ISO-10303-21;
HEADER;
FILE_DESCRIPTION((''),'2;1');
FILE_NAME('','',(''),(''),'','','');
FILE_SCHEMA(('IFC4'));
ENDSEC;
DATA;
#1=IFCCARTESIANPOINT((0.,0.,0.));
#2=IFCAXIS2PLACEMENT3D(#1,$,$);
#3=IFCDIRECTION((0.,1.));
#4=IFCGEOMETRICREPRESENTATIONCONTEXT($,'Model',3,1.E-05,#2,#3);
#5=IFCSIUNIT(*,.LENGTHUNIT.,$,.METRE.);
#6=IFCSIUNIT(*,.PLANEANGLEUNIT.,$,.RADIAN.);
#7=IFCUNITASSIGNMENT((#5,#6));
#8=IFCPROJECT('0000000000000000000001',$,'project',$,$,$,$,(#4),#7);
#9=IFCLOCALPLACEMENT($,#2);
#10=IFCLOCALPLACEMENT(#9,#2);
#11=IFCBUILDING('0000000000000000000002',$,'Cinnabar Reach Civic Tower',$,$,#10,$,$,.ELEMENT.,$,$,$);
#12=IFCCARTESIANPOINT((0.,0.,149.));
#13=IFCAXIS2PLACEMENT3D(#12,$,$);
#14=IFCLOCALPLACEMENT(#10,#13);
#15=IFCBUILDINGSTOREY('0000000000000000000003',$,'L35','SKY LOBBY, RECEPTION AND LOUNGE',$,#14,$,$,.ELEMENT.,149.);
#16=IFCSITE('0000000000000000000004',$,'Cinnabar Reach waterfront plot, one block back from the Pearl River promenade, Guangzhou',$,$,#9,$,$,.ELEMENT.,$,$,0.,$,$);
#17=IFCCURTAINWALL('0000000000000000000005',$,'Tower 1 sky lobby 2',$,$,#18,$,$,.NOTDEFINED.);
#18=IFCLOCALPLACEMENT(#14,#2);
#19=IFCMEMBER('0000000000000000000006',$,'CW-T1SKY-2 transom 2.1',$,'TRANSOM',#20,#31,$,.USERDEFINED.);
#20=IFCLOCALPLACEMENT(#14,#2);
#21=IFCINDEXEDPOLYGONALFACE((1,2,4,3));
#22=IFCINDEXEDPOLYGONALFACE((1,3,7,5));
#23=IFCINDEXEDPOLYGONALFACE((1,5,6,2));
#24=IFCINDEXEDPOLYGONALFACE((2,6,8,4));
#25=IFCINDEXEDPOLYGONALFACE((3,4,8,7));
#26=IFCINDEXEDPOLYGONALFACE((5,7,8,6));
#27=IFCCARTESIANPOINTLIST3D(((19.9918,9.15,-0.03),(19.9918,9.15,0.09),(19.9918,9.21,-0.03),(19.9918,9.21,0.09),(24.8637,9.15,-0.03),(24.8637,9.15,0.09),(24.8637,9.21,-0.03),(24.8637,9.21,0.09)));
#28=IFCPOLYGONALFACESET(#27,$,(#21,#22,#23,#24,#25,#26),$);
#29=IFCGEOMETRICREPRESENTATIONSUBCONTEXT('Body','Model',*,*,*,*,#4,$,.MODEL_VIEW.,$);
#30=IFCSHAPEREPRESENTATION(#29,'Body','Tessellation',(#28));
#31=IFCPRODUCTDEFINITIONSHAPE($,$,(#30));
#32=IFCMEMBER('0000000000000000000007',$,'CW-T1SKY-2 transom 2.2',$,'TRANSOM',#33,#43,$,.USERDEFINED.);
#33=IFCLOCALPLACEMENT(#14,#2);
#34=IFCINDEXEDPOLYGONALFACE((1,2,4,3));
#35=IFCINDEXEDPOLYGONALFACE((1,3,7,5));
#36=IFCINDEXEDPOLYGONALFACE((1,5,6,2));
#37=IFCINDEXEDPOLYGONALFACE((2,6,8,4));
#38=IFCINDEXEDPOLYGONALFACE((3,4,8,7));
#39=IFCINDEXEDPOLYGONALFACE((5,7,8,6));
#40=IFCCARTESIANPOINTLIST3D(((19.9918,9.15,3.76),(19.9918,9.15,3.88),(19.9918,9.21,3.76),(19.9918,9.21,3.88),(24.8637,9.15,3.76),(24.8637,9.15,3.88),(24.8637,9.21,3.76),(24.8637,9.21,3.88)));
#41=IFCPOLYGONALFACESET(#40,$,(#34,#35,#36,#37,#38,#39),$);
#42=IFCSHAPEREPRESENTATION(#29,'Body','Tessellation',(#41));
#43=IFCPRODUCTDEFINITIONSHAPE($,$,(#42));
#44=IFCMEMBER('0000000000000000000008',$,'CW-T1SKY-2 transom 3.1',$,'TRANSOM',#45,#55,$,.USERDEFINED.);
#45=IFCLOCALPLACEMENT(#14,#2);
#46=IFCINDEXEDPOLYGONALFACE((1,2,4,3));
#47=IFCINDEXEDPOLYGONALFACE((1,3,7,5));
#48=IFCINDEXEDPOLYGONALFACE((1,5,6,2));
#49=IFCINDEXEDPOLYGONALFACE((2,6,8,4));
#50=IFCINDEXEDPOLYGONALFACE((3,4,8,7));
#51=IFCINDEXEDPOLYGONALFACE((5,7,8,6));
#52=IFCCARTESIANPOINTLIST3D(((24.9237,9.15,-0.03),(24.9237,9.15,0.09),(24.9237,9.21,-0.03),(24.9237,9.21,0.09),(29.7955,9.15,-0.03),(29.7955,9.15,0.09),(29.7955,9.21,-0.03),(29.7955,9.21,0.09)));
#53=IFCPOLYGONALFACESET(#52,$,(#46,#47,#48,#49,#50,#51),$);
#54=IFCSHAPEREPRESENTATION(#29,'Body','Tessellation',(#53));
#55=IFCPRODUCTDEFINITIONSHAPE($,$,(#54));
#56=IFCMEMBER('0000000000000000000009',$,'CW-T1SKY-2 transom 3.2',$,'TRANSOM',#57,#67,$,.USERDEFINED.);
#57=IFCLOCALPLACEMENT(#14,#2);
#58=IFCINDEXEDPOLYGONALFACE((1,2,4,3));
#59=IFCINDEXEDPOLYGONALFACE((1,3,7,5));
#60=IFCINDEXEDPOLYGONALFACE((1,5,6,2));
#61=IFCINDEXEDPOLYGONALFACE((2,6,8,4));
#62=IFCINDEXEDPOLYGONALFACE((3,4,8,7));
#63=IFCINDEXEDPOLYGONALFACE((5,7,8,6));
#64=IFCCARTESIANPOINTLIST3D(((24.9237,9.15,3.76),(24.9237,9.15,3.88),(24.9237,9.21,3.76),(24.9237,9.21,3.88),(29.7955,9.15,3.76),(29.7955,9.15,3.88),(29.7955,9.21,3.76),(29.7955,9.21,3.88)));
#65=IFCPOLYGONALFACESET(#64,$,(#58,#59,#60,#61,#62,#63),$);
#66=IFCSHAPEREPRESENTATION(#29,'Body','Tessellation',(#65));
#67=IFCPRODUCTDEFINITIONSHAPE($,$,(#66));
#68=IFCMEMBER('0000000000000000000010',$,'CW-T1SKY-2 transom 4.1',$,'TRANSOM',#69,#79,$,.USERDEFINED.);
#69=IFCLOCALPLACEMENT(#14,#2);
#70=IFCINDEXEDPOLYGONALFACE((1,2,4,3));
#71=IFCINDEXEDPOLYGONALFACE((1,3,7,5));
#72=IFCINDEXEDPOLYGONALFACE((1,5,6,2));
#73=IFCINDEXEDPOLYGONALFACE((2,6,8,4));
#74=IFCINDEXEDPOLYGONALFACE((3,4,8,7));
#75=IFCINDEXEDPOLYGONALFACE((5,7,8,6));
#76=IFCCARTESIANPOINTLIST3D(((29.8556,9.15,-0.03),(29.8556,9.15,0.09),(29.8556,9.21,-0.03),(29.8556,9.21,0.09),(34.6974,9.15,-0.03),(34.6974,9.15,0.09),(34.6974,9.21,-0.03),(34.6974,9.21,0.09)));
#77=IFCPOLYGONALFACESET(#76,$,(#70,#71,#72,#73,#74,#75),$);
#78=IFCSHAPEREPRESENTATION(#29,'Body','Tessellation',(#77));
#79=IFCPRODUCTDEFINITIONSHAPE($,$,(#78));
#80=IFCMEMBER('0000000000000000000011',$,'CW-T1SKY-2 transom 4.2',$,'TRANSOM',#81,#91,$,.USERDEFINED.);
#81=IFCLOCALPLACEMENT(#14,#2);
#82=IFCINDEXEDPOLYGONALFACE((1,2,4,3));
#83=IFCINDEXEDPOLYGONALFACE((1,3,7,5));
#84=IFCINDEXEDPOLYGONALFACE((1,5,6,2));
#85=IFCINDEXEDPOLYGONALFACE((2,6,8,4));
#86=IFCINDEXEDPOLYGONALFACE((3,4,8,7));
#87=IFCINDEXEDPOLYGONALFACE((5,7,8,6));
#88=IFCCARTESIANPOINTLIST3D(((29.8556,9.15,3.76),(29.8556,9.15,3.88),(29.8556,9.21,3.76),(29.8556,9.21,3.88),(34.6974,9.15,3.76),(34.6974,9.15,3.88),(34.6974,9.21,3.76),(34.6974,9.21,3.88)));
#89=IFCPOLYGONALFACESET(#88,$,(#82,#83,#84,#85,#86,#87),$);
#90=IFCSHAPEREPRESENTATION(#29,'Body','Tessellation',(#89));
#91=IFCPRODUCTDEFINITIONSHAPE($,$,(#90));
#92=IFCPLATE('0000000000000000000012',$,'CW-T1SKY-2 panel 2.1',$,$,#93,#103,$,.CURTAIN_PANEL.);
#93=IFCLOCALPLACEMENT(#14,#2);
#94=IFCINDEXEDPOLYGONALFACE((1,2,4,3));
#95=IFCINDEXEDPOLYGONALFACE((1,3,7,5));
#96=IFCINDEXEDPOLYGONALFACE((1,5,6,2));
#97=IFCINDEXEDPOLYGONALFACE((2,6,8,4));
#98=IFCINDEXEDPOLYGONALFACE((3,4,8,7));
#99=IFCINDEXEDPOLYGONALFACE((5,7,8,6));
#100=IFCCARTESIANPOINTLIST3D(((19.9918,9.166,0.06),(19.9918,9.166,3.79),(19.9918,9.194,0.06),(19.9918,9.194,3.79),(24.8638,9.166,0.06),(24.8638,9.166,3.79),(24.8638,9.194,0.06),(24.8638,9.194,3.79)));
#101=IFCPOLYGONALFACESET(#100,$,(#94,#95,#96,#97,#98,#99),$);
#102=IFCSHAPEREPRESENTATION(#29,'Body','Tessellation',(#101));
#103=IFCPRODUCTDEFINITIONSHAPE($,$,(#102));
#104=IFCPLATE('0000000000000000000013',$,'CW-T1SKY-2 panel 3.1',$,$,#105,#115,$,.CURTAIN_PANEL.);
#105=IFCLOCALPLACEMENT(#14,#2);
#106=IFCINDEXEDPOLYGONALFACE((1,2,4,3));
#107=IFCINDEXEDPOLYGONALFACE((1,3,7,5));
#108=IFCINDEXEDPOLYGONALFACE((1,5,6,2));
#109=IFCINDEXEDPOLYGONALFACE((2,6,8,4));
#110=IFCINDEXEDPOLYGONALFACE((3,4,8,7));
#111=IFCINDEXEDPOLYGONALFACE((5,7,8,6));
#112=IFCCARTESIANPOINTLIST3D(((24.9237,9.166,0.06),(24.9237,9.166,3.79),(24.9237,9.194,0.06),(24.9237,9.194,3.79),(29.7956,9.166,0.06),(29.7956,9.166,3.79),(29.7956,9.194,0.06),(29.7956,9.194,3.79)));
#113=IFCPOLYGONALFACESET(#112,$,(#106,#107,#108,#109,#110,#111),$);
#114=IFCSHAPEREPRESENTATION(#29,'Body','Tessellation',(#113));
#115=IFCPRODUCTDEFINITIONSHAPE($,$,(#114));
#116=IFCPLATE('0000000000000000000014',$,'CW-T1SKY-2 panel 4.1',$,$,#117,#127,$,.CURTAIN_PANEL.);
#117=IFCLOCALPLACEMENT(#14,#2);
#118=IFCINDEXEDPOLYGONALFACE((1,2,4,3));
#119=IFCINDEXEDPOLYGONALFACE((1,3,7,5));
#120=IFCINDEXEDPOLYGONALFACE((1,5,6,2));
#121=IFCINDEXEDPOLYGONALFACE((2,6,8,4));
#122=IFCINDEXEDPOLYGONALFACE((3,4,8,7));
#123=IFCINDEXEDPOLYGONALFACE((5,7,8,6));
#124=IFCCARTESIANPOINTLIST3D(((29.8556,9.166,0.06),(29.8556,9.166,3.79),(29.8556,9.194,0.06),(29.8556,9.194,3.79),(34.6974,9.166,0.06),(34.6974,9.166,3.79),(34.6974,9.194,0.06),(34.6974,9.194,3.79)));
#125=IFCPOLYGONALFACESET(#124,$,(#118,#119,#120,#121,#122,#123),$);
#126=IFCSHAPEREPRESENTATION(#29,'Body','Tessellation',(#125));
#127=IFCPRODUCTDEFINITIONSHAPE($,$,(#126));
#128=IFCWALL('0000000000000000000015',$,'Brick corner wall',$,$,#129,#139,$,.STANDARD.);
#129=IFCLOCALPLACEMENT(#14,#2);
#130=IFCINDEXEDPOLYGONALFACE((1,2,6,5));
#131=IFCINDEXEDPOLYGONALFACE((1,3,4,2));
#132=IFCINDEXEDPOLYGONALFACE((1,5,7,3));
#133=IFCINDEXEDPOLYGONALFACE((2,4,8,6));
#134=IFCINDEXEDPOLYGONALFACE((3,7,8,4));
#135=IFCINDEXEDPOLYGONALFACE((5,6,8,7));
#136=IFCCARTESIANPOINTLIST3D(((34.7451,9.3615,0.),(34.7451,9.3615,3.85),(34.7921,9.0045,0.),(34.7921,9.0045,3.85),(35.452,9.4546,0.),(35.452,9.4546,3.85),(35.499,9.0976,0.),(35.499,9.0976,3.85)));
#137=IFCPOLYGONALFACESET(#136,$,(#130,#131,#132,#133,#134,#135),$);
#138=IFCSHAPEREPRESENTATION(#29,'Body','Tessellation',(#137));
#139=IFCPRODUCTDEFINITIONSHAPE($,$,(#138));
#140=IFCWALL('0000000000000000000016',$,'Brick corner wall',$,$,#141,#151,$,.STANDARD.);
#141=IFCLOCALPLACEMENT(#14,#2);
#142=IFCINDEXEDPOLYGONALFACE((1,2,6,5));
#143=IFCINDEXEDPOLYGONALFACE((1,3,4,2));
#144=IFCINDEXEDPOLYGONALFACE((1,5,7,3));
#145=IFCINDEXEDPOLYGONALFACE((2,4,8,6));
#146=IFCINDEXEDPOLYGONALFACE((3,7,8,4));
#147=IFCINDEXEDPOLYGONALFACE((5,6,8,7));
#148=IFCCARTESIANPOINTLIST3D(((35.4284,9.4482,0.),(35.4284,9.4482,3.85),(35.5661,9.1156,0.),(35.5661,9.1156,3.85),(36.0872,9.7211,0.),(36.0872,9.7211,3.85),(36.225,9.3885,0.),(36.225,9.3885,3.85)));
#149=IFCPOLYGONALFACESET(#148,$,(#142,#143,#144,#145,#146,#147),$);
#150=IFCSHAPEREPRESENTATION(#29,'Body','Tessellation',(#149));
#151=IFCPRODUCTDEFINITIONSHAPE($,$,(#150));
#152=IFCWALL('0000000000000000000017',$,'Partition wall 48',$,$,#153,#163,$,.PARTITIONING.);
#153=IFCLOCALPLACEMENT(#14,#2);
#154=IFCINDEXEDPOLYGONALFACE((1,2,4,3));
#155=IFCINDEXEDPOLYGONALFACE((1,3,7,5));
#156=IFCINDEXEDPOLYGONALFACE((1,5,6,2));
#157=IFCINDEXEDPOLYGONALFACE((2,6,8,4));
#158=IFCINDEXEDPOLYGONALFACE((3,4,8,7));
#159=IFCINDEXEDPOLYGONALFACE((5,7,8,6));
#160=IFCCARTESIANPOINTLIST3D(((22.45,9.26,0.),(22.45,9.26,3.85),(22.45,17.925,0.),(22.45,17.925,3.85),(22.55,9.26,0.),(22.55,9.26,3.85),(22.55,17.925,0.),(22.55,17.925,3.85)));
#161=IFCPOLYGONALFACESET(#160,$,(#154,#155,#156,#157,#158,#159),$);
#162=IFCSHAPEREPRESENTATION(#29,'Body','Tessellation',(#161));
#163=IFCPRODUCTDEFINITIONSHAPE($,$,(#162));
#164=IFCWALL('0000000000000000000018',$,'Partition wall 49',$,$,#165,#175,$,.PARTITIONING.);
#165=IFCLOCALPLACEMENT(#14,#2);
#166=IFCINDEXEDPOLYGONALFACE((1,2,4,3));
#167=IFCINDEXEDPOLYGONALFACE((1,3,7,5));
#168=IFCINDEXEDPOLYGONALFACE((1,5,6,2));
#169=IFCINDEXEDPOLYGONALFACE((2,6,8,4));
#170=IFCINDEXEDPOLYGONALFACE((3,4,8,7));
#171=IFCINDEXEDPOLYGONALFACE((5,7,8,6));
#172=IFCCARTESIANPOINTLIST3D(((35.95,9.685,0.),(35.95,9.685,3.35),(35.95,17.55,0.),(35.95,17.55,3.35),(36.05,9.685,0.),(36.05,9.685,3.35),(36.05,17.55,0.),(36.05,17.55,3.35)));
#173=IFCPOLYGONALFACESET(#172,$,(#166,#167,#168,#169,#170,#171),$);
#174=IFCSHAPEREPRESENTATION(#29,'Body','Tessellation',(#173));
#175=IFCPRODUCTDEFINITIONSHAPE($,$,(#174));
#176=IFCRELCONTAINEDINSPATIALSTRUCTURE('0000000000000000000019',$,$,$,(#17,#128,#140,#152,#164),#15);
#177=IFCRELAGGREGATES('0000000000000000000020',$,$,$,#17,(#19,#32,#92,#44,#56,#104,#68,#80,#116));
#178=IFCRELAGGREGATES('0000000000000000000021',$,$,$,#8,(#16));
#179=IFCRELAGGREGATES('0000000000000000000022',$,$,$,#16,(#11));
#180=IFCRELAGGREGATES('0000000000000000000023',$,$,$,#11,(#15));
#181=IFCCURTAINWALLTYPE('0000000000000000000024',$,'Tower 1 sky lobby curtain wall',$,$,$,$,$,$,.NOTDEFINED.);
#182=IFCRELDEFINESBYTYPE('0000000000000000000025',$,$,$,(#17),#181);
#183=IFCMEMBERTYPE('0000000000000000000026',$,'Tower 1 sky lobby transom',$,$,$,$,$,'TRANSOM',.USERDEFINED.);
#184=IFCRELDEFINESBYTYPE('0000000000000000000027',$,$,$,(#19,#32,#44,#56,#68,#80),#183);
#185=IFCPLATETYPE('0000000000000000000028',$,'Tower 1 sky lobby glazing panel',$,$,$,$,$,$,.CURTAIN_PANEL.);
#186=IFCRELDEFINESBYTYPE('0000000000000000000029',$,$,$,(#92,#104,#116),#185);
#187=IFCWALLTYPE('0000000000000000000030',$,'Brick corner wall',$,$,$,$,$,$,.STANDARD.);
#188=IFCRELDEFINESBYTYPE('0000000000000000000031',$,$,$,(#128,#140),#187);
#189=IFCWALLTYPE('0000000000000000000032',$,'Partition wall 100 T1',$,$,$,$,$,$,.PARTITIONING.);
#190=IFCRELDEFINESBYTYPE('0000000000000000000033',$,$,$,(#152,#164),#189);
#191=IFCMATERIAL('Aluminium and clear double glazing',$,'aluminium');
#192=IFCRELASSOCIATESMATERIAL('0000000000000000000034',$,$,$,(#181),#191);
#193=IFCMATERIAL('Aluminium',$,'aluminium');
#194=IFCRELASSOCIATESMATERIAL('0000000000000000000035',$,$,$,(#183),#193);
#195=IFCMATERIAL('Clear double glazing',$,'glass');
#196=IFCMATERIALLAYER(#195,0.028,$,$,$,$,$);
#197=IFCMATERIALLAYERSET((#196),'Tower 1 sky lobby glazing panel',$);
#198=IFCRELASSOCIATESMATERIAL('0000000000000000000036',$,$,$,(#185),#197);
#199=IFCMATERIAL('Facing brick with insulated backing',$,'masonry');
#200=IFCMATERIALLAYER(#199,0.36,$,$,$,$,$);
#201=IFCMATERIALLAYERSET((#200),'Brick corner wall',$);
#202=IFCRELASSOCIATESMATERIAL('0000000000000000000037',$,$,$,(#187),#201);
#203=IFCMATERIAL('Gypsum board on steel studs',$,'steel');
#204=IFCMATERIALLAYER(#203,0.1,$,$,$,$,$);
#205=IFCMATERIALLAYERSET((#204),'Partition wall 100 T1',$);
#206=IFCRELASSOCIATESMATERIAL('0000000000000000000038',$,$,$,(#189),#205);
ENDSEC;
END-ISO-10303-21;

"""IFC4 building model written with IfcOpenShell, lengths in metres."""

from ifc_helpers import new_model, si_unit, direction, frame, frame_2d, origin, origin_2d, place, context, subcontext, project, spatial, rectangle, extrude, material, layer, layer_set, material_profile, profile_set, type_object, element, aggregate, save


model = new_model("IFC4")

# Units and contexts
model_context = context("Model", 3, precision=1e-05, world=origin(), true_north=direction((0.0, 1.0)))
body_context = subcontext(model_context, "Body", "Model", "MODEL_VIEW")
ifc_project = project(units=[si_unit("LENGTHUNIT", "METRE"), si_unit("PLANEANGLEUNIT", "RADIAN")], contexts=[model_context])

# Site, building, storey
site_placement = place(None, origin())
site = spatial("IfcSite", under=ifc_project, at=site_placement, Name="Cinnabar Reach waterfront plot, one block back from the Pearl River promenade, Guangzhou", CompositionType="ELEMENT", RefElevation=0.0)
building_placement = place(site_placement, origin())
building = spatial("IfcBuilding", under=site, at=building_placement, Name="Cinnabar Reach Civic Tower", CompositionType="ELEMENT")
storey_placement = place(building_placement, frame((0.0, 0.0, 149.0)))
storey = spatial("IfcBuildingStorey", under=building, at=storey_placement, Name="L35", Description="SKY LOBBY, RECEPTION AND LOUNGE", CompositionType="ELEMENT", Elevation=149.0)

# Curtain wall, members, plates
ifc_material_1 = material(Name="Aluminium and clear double glazing", Category="aluminium")
curtain_wall_type = type_object("IfcCurtainWallType", Name="Tower 1 sky lobby curtain wall", PredefinedType="NOTDEFINED", material=ifc_material_1)
curtain_wall_placement = place(storey_placement, origin())
curtain_wall = element("IfcCurtainWall", 1, at=curtain_wall_placement, inside=storey, type_object=curtain_wall_type, Name="Tower 1 sky lobby 2", PredefinedType="NOTDEFINED")
ifc_material_2 = material(Name="Aluminium", Category="aluminium")
ifc_material_profile_1 = material_profile(ifc_material_2, rectangle(XDim=0.06, YDim=0.12, at=origin_2d()), Name="Tower 1 sky lobby transom")
ifc_profile_set_1 = profile_set([ifc_material_profile_1], Name="Aluminium")
member_type_1 = type_object("IfcMemberType", Name="Tower 1 sky lobby transom", ElementType="TRANSOM", PredefinedType="USERDEFINED", material=ifc_profile_set_1)
member_1_placement = place(storey_placement, frame((19.9918, 9.18, 0.03), z_axis=(1.0, 0.0, 0.0), x_axis=(0.0, 1.0, 0.0)))
member_1 = element("IfcMember", 2, at=member_1_placement, type_object=member_type_1, Name="CW-T1SKY-2 transom 2.1", ObjectType="TRANSOM", PredefinedType="USERDEFINED", context=body_context, shape_type="SweptSolid", body=[
    extrude(rectangle(XDim=0.06, YDim=0.12, at=origin_2d()), origin(), (0.0, 0.0, 1.0), 4.8719),
])
member_2_placement = place(storey_placement, frame((19.9918, 9.18, 3.82), z_axis=(1.0, 0.0, 0.0), x_axis=(0.0, 1.0, 0.0)))
member_2 = element("IfcMember", 3, at=member_2_placement, type_object=member_type_1, Name="CW-T1SKY-2 transom 2.2", ObjectType="TRANSOM", PredefinedType="USERDEFINED", context=body_context, shape_type="SweptSolid", body=[
    extrude(rectangle(XDim=0.06, YDim=0.12, at=origin_2d()), origin(), (0.0, 0.0, 1.0), 4.8719),
])
member_3_placement = place(storey_placement, frame((24.9237, 9.18, 0.03), z_axis=(1.0, 0.0, 0.0), x_axis=(0.0, 1.0, 0.0)))
member_3 = element("IfcMember", 4, at=member_3_placement, type_object=member_type_1, Name="CW-T1SKY-2 transom 3.1", ObjectType="TRANSOM", PredefinedType="USERDEFINED", context=body_context, shape_type="SweptSolid", body=[
    extrude(rectangle(XDim=0.06, YDim=0.12, at=origin_2d()), origin(), (0.0, 0.0, 1.0), 4.8718),
])
member_4_placement = place(storey_placement, frame((24.9237, 9.18, 3.82), z_axis=(1.0, 0.0, 0.0), x_axis=(0.0, 1.0, 0.0)))
member_4 = element("IfcMember", 5, at=member_4_placement, type_object=member_type_1, Name="CW-T1SKY-2 transom 3.2", ObjectType="TRANSOM", PredefinedType="USERDEFINED", context=body_context, shape_type="SweptSolid", body=[
    extrude(rectangle(XDim=0.06, YDim=0.12, at=origin_2d()), origin(), (0.0, 0.0, 1.0), 4.8718),
])
member_5_placement = place(storey_placement, frame((29.8556, 9.18, 0.03), z_axis=(1.0, 0.0, 0.0), x_axis=(0.0, 1.0, 0.0)))
member_5 = element("IfcMember", 6, at=member_5_placement, type_object=member_type_1, Name="CW-T1SKY-2 transom 4.1", ObjectType="TRANSOM", PredefinedType="USERDEFINED", context=body_context, shape_type="SweptSolid", body=[
    extrude(rectangle(XDim=0.06, YDim=0.12, at=origin_2d()), origin(), (0.0, 0.0, 1.0), 4.8418),
])
member_6_placement = place(storey_placement, frame((29.8556, 9.18, 3.82), z_axis=(1.0, 0.0, 0.0), x_axis=(0.0, 1.0, 0.0)))
member_6 = element("IfcMember", 7, at=member_6_placement, type_object=member_type_1, Name="CW-T1SKY-2 transom 4.2", ObjectType="TRANSOM", PredefinedType="USERDEFINED", context=body_context, shape_type="SweptSolid", body=[
    extrude(rectangle(XDim=0.06, YDim=0.12, at=origin_2d()), origin(), (0.0, 0.0, 1.0), 4.8418),
])
ifc_material_3 = material(Name="Clear double glazing", Category="glass")
ifc_layer_1 = layer(ifc_material_3, 0.028)
ifc_layer_set_1 = layer_set([ifc_layer_1], Name="Tower 1 sky lobby glazing panel")
plate_type = type_object("IfcPlateType", Name="Tower 1 sky lobby glazing panel", PredefinedType="CURTAIN_PANEL", material=ifc_layer_set_1)
plate_1_placement = place(storey_placement, frame((22.4278, 9.18, 0.06), z_axis=(0.0, 0.0, 1.0), x_axis=(1.0, 0.0, 0.0)))
plate_1 = element("IfcPlate", 8, at=plate_1_placement, type_object=plate_type, Name="CW-T1SKY-2 panel 2.1", PredefinedType="CURTAIN_PANEL", context=body_context, shape_type="SweptSolid", body=[
    extrude(rectangle(XDim=4.8719, YDim=0.028, at=origin_2d()), origin(), (0.0, 0.0, 1.0), 3.73),
])
plate_2_placement = place(storey_placement, frame((27.3596, 9.18, 0.06), z_axis=(0.0, 0.0, 1.0), x_axis=(1.0, 0.0, 0.0)))
plate_2 = element("IfcPlate", 9, at=plate_2_placement, type_object=plate_type, Name="CW-T1SKY-2 panel 3.1", PredefinedType="CURTAIN_PANEL", context=body_context, shape_type="SweptSolid", body=[
    extrude(rectangle(XDim=4.8719, YDim=0.028, at=origin_2d()), origin(), (0.0, 0.0, 1.0), 3.73),
])
plate_3_placement = place(storey_placement, frame((32.2765, 9.18, 0.06), z_axis=(0.0, 0.0, 1.0), x_axis=(1.0, 0.0, 0.0)))
plate_3 = element("IfcPlate", 10, at=plate_3_placement, type_object=plate_type, Name="CW-T1SKY-2 panel 4.1", PredefinedType="CURTAIN_PANEL", context=body_context, shape_type="SweptSolid", body=[
    extrude(rectangle(XDim=4.8418, YDim=0.028, at=origin_2d()), origin(), (0.0, 0.0, 1.0), 3.73),
])
aggregate(curtain_wall, [member_1, member_2, plate_1, member_3, member_4, plate_2, member_5, member_6, plate_3])

# Walls
ifc_material_4 = material(Name="Facing brick with insulated backing", Category="masonry")
ifc_layer_2 = layer(ifc_material_4, 0.36)
ifc_layer_set_2 = layer_set([ifc_layer_2], Name="Brick corner wall")
wall_type_1 = type_object("IfcWallType", Name="Brick corner wall", PredefinedType="STANDARD", material=ifc_layer_set_2)
for number, where, z_axis, x_axis, name in (
    (11, (34.7686, 9.183, 0.0), (0.0, 0.0, 1.0), (0.991441, 0.130556, 0.0), "Brick corner wall"),
    (12, (35.4973, 9.2819, 0.0), (0.0, 0.0, 1.0), (0.923872, 0.382703, 0.0), "Brick corner wall"),
):
    element("IfcWall", number, at=place(storey_placement, frame(where, z_axis=z_axis, x_axis=x_axis)), inside=storey, type_object=wall_type_1, Name=name, PredefinedType="STANDARD", context=body_context, shape_type="SweptSolid", body=[
        extrude(rectangle(XDim=0.7131, YDim=0.36, at=frame_2d((0.3565, 0.0))), origin(), (0.0, 0.0, 1.0), 3.85),
    ])
ifc_material_5 = material(Name="Gypsum board on steel studs", Category="steel")
ifc_layer_3 = layer(ifc_material_5, 0.1)
ifc_layer_set_3 = layer_set([ifc_layer_3], Name="Partition wall 100 T1")
wall_type_2 = type_object("IfcWallType", Name="Partition wall 100 T1", PredefinedType="PARTITIONING", material=ifc_layer_set_3)
wall_1_placement = place(storey_placement, frame((22.5, 9.26, 0.0), z_axis=(0.0, 0.0, 1.0), x_axis=(0.0, 1.0, 0.0)))
element("IfcWall", 13, at=wall_1_placement, inside=storey, type_object=wall_type_2, Name="Partition wall 48", PredefinedType="PARTITIONING", context=body_context, shape_type="SweptSolid", body=[
    extrude(rectangle(XDim=8.665, YDim=0.1, at=frame_2d((4.3325, 0.0))), origin(), (0.0, 0.0, 1.0), 3.85),
])
wall_2_placement = place(storey_placement, frame((36.0, 9.685, 0.0), z_axis=(0.0, 0.0, 1.0), x_axis=(0.0, 1.0, 0.0)))
element("IfcWall", 14, at=wall_2_placement, inside=storey, type_object=wall_type_2, Name="Partition wall 49", PredefinedType="PARTITIONING", context=body_context, shape_type="SweptSolid", body=[
    extrude(rectangle(XDim=7.865, YDim=0.1, at=frame_2d((3.9325, 0.0))), origin(), (0.0, 0.0, 1.0), 3.35),
])

save(model, "model.ifc")
